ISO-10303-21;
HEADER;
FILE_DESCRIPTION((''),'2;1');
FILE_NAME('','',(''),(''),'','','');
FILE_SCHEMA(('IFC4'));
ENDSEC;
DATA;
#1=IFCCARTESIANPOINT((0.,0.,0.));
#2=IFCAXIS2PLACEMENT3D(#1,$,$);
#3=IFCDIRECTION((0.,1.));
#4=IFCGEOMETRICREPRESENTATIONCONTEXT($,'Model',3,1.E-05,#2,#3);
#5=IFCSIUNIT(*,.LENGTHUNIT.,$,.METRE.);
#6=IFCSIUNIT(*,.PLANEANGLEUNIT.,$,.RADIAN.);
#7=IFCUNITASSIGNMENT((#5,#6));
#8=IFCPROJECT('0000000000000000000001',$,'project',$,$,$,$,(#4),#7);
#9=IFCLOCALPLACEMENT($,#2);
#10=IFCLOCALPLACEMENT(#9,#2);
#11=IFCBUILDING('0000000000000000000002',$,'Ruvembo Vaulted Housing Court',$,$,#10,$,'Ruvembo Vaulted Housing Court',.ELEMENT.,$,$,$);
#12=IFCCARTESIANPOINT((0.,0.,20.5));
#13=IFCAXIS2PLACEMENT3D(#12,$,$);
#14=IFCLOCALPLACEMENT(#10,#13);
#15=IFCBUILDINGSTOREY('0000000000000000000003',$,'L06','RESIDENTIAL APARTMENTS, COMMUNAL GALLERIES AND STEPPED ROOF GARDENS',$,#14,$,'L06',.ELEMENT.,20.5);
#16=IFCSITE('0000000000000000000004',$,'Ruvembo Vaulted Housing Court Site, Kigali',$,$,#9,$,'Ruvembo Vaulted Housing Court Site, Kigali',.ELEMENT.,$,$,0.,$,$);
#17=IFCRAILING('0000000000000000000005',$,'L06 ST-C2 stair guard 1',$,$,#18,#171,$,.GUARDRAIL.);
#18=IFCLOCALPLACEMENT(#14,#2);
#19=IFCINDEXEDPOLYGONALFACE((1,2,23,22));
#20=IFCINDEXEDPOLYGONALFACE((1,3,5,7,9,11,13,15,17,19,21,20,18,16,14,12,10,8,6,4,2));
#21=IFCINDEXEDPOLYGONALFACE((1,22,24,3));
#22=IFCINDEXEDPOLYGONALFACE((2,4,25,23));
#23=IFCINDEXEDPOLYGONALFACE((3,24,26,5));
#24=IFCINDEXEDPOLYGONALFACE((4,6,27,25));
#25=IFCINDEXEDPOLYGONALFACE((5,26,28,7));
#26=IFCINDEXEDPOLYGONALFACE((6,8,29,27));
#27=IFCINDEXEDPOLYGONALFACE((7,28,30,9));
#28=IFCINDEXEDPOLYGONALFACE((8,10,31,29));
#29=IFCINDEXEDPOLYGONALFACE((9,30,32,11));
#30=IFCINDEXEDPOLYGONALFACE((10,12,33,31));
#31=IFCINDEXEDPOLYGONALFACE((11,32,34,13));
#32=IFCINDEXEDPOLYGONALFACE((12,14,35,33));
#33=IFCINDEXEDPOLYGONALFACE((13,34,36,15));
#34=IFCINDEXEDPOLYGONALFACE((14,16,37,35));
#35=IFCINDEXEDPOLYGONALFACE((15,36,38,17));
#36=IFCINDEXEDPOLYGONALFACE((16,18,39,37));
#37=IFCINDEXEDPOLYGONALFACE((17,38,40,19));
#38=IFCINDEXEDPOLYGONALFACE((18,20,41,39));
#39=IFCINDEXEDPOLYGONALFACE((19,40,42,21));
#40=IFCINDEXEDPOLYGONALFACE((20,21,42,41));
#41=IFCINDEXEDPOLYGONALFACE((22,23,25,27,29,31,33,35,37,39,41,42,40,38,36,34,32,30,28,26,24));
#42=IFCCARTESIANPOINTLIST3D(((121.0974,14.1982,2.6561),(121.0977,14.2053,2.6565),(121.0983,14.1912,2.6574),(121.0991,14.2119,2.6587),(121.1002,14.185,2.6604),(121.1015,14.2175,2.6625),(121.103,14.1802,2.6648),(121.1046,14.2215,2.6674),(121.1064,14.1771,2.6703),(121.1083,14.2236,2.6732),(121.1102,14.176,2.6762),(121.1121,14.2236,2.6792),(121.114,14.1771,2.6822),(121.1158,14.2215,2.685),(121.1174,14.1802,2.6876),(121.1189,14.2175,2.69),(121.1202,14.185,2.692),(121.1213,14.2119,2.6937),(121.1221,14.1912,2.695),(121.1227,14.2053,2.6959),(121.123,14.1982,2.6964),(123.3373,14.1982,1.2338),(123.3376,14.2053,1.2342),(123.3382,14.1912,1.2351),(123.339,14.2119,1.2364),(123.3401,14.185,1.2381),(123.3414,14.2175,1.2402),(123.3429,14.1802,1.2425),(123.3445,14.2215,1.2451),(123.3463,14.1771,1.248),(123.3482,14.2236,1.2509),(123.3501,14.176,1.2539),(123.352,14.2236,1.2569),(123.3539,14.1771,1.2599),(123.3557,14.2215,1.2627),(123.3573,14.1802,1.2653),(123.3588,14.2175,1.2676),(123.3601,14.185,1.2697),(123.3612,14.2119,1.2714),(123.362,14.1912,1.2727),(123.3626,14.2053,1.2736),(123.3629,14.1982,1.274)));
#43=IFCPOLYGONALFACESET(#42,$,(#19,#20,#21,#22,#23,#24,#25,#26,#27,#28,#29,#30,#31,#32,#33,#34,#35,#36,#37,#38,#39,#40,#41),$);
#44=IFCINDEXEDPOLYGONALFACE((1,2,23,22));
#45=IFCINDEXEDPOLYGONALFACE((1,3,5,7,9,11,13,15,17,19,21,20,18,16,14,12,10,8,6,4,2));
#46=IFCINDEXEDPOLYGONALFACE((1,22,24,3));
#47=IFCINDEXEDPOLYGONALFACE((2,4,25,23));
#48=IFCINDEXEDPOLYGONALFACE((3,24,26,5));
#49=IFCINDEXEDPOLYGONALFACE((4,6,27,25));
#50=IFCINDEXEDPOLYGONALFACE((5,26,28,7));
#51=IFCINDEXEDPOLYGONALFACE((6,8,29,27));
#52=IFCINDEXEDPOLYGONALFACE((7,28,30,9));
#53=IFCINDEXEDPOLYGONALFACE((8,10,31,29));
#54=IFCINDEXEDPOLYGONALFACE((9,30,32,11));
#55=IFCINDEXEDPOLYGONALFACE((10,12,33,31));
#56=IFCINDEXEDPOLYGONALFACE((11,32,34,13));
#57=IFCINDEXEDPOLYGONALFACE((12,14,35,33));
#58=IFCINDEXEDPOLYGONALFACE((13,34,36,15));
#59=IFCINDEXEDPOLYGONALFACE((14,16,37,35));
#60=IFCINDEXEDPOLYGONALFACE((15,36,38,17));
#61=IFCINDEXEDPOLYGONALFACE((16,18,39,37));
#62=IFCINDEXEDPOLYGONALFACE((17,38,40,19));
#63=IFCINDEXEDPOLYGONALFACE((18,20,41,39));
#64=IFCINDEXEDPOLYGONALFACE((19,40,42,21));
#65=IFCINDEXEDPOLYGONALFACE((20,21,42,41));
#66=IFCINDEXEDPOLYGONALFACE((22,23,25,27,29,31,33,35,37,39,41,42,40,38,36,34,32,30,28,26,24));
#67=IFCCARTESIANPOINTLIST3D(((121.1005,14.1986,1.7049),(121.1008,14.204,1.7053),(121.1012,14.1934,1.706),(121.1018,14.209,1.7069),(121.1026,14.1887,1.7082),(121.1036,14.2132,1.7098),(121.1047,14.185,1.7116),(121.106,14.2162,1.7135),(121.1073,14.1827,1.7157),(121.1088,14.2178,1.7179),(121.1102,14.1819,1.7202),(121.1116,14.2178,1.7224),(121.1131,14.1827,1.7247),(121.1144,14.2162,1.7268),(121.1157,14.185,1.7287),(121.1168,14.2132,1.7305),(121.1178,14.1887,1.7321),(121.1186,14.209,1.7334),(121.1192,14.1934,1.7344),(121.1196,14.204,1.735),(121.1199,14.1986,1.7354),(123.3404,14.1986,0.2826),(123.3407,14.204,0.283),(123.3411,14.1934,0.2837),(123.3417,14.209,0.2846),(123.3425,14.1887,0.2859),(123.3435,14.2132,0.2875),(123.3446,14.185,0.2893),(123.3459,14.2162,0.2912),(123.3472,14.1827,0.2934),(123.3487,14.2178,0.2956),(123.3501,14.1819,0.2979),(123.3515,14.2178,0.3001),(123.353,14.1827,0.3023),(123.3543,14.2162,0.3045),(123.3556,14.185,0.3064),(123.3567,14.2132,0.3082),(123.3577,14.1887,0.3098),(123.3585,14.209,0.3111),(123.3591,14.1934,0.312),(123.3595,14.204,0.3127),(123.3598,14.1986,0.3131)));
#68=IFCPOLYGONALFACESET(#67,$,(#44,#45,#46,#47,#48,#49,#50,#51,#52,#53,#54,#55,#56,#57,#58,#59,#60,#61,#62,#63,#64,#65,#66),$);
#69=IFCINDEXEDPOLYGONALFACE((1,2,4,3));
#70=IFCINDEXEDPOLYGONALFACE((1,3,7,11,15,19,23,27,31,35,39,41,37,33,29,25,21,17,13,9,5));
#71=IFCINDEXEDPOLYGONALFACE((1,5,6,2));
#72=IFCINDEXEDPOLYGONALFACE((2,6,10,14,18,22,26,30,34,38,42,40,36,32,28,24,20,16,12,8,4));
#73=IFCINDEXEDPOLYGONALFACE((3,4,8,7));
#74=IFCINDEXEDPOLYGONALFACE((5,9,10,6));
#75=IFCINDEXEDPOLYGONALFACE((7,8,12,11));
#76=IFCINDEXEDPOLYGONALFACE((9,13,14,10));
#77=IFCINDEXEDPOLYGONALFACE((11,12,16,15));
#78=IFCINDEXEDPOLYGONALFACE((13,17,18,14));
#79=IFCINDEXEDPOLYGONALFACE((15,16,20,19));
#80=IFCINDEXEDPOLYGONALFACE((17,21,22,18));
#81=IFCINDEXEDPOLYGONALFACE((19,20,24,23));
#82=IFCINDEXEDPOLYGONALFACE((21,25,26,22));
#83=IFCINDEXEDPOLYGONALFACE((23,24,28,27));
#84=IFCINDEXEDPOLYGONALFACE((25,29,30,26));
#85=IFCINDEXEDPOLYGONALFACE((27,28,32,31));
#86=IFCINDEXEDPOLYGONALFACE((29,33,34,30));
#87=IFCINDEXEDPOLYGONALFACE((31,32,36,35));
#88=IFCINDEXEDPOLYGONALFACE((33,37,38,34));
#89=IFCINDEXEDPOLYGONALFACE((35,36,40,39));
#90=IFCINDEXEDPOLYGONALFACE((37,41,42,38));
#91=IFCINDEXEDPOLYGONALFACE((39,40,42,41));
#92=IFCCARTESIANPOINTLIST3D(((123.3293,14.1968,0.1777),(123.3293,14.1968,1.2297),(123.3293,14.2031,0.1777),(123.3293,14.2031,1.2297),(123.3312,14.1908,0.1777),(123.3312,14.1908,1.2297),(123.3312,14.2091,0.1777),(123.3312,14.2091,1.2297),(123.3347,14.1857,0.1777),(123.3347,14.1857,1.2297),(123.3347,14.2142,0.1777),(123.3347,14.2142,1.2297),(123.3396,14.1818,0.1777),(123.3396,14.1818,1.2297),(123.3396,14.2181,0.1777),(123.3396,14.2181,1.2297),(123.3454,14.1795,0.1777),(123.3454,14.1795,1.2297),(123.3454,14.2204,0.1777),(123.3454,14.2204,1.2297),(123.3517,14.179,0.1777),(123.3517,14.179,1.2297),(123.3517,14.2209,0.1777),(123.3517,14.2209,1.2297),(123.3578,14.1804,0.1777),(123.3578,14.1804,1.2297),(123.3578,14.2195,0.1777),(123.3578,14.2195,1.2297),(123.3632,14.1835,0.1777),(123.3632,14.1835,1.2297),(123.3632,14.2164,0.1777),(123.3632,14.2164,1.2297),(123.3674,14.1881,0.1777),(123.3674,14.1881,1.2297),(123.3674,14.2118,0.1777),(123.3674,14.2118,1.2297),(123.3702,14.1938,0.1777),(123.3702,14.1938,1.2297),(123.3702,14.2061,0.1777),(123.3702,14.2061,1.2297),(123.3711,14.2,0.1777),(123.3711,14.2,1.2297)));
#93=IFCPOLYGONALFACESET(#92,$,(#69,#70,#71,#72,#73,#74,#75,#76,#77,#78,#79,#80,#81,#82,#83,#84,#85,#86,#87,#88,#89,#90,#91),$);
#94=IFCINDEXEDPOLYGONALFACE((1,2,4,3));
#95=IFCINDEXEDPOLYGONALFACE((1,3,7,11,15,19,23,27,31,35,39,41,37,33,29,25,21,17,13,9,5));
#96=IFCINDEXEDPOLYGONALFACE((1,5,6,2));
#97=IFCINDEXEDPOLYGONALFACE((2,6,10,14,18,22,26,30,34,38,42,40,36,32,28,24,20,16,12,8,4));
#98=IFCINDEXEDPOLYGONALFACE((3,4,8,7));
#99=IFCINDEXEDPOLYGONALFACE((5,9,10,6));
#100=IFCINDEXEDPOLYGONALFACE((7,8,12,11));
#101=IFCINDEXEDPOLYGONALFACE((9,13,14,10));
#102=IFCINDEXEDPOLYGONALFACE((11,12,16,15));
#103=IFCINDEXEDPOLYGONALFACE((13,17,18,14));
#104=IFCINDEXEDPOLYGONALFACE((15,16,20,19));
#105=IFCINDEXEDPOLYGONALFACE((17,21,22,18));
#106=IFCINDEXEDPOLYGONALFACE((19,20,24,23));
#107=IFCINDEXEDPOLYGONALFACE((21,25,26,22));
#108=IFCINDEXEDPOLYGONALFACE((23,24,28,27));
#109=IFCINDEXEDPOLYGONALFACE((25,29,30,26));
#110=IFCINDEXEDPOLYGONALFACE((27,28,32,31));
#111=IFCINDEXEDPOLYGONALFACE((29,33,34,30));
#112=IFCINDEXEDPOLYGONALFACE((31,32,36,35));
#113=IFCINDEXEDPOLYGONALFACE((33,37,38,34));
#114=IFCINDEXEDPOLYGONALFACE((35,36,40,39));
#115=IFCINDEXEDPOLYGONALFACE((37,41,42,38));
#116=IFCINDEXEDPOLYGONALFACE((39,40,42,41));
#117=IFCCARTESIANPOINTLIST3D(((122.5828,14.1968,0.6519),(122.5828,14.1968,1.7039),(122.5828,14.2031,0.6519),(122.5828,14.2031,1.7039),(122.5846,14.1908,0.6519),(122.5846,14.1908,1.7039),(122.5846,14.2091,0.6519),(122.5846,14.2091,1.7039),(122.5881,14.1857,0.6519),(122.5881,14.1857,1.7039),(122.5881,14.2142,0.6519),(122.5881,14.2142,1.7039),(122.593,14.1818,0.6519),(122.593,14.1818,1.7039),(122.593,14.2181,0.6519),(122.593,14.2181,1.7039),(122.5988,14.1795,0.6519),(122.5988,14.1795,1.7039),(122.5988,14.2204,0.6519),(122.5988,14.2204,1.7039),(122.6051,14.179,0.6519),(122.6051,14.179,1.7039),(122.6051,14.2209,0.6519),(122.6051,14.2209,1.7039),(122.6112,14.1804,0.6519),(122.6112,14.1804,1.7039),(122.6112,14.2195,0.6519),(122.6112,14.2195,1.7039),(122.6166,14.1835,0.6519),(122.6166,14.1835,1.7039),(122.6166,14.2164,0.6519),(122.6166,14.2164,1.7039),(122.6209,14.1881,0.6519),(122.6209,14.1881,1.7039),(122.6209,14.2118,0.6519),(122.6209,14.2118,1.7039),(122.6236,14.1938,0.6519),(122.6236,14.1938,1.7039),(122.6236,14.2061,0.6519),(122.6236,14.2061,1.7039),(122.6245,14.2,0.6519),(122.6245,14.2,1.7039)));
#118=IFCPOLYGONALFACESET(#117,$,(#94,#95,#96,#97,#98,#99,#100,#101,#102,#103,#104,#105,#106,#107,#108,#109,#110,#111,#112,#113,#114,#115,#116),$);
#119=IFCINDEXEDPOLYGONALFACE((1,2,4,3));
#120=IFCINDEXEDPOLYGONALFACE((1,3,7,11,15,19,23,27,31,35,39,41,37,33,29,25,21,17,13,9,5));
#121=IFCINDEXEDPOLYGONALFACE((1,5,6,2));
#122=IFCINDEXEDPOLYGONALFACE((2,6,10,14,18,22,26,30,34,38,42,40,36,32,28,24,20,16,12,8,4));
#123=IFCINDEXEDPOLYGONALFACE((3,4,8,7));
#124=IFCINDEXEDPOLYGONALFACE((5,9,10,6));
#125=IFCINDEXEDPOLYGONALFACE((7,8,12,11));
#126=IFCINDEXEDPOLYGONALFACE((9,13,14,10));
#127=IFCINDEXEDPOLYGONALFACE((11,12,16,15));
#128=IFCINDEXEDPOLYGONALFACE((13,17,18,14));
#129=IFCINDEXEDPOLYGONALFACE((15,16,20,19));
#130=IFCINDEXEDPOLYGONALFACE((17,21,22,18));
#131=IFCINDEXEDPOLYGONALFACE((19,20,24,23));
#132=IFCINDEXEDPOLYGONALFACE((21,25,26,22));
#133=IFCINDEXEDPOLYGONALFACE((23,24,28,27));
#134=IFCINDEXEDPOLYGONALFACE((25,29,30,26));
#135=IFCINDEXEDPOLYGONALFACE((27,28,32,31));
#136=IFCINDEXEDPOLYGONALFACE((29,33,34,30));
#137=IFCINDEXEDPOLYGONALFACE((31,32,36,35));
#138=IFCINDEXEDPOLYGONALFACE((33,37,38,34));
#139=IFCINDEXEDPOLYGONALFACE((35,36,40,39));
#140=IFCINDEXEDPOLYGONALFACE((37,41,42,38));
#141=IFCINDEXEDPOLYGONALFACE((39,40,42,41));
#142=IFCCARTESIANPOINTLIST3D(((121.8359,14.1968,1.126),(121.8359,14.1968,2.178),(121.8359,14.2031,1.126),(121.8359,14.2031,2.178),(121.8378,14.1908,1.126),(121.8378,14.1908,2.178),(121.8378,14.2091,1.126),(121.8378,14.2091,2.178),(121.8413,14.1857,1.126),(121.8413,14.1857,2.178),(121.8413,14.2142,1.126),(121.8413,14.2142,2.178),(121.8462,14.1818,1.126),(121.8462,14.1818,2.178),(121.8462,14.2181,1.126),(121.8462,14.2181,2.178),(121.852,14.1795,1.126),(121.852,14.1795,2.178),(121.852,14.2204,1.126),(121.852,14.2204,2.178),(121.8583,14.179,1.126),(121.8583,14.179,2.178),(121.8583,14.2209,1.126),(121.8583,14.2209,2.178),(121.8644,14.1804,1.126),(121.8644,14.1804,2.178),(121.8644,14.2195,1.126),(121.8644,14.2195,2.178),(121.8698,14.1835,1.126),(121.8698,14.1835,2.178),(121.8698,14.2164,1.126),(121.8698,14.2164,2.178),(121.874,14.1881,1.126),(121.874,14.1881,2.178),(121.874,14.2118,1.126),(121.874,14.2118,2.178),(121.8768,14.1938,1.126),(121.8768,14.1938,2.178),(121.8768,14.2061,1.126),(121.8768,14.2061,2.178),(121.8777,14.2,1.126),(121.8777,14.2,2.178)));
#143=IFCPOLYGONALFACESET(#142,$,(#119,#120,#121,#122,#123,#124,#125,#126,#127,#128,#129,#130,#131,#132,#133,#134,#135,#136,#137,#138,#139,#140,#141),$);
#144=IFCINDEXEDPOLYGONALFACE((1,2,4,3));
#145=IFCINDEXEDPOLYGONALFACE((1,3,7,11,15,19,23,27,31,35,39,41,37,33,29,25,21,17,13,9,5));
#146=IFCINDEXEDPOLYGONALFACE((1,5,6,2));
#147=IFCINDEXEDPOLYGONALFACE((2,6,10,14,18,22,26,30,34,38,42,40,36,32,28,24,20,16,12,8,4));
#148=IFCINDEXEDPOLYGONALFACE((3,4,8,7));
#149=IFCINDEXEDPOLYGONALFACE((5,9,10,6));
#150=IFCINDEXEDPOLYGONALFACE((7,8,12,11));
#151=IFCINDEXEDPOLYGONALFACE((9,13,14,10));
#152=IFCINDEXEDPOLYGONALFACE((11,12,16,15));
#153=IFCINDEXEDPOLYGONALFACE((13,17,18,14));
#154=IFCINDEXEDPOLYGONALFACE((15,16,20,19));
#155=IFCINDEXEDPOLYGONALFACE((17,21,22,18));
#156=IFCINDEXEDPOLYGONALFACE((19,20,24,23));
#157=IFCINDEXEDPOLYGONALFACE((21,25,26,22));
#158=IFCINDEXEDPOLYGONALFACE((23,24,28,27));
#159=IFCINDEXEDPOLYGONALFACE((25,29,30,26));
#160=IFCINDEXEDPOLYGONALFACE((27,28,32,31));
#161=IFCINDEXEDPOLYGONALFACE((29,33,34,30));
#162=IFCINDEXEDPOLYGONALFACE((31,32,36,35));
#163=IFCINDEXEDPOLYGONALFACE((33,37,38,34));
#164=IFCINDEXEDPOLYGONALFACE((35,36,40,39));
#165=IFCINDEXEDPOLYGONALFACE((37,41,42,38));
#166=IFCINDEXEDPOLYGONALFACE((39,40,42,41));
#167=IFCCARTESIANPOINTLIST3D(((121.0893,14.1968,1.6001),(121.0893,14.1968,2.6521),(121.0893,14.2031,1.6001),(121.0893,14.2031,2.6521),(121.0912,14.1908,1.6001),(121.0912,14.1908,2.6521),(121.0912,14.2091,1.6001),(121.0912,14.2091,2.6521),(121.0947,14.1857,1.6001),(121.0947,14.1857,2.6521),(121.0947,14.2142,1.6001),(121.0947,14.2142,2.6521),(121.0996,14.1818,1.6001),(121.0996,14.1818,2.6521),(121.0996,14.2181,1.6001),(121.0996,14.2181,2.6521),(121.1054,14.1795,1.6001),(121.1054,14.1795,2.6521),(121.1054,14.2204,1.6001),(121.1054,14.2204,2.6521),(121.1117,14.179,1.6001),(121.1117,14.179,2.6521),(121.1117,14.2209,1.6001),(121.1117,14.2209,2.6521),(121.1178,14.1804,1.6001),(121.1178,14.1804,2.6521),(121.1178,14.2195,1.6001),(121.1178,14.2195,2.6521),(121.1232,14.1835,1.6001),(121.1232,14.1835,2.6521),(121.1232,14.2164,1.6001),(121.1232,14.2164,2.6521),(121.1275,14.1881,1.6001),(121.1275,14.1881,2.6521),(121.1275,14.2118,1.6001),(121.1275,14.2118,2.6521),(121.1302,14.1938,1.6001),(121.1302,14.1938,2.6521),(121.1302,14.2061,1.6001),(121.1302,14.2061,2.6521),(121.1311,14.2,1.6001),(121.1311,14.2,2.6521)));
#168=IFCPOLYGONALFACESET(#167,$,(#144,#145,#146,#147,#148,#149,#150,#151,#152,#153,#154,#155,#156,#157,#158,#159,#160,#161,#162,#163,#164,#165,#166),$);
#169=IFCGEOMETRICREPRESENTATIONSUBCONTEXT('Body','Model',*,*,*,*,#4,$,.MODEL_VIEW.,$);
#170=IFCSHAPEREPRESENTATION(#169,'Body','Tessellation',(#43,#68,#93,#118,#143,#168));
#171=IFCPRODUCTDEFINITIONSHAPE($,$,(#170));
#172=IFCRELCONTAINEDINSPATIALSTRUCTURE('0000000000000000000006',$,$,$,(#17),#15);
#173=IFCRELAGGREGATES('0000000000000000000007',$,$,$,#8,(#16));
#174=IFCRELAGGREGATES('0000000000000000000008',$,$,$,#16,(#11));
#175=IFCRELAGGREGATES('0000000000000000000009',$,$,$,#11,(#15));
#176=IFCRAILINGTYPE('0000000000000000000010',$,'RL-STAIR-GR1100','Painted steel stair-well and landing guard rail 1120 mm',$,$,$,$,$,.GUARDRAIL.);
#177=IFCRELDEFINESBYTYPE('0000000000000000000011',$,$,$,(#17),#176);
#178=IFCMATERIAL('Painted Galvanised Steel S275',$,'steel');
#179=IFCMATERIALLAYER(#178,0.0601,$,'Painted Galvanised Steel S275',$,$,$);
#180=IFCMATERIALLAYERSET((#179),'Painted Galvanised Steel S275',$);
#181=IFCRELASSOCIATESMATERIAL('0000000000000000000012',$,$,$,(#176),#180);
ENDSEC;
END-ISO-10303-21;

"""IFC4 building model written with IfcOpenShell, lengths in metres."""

from ifc_helpers import new_model, si_unit, direction, frame, origin, origin_2d, place, context, subcontext, project, spatial, circle, extrude, material, layer, layer_set, type_object, element, save


model = new_model("IFC4")

# Units and contexts
model_context = context("Model", 3, precision=1e-05, world=origin(), true_north=direction((0.0, 1.0)))
body_context = subcontext(model_context, "Body", "Model", "MODEL_VIEW")
ifc_project = project(units=[si_unit("LENGTHUNIT", "METRE"), si_unit("PLANEANGLEUNIT", "RADIAN")], contexts=[model_context])

# Site, building, storey
site_placement = place(None, origin())
site = spatial("IfcSite", under=ifc_project, at=site_placement, Name="Ruvembo Vaulted Housing Court Site, Kigali", LongName="Ruvembo Vaulted Housing Court Site, Kigali", CompositionType="ELEMENT", RefElevation=0.0)
building_placement = place(site_placement, origin())
building = spatial("IfcBuilding", under=site, at=building_placement, Name="Ruvembo Vaulted Housing Court", LongName="Ruvembo Vaulted Housing Court", CompositionType="ELEMENT")
storey_placement = place(building_placement, frame((0.0, 0.0, 20.5)))
storey = spatial("IfcBuildingStorey", under=building, at=storey_placement, Name="L06", Description="RESIDENTIAL APARTMENTS, COMMUNAL GALLERIES AND STEPPED ROOF GARDENS", LongName="L06", CompositionType="ELEMENT", Elevation=20.5)

# Railing
ifc_material_1 = material(Name="Painted Galvanised Steel S275", Category="steel")
ifc_layer_1 = layer(ifc_material_1, 0.0601, Name="Painted Galvanised Steel S275")
ifc_layer_set_1 = layer_set([ifc_layer_1], Name="Painted Galvanised Steel S275")
railing_type_1 = type_object("IfcRailingType", Name="RL-STAIR-GR1100", Description="Painted steel stair-well and landing guard rail 1120 mm", PredefinedType="GUARDRAIL", material=ifc_layer_set_1)
railing_1_placement = place(storey_placement, frame((123.3501, 14.2, 0.1777)))
element("IfcRailing", 1, at=railing_1_placement, inside=storey, type_object=railing_type_1, Name="L06 ST-C2 stair guard 1", PredefinedType="GUARDRAIL", context=body_context, shape_type="SweptSolid", body=[
    extrude(circle(Radius=0.0239, at=origin_2d()), frame((0.0, 0.0, 1.0762), z_axis=(-0.844188, 0.0, 0.536048), x_axis=(0.0, -1.0, 0.0)), (0.0, 0.0, 1.0), 2.6533),
    extrude(circle(Radius=0.0181, at=origin_2d()), frame((0.0, 0.0, 0.1201), z_axis=(-0.844188, 0.0, 0.536048), x_axis=(0.0, -1.0, 0.0)), (0.0, 0.0, 1.0), 2.6533),
    extrude(circle(Radius=0.021, at=origin_2d()), origin(), (0.0, 0.0, 1.0), 1.052),
    extrude(circle(Radius=0.021, at=origin_2d()), frame((-0.7466, 0.0, 0.4741)), (0.0, 0.0, 1.0), 1.052),
    extrude(circle(Radius=0.021, at=origin_2d()), frame((-1.4934, 0.0, 0.9482)), (0.0, 0.0, 1.0), 1.052),
    extrude(circle(Radius=0.021, at=origin_2d()), frame((-2.24, 0.0, 1.4224)), (0.0, 0.0, 1.0), 1.052),
])

save(model, "model.ifc")
